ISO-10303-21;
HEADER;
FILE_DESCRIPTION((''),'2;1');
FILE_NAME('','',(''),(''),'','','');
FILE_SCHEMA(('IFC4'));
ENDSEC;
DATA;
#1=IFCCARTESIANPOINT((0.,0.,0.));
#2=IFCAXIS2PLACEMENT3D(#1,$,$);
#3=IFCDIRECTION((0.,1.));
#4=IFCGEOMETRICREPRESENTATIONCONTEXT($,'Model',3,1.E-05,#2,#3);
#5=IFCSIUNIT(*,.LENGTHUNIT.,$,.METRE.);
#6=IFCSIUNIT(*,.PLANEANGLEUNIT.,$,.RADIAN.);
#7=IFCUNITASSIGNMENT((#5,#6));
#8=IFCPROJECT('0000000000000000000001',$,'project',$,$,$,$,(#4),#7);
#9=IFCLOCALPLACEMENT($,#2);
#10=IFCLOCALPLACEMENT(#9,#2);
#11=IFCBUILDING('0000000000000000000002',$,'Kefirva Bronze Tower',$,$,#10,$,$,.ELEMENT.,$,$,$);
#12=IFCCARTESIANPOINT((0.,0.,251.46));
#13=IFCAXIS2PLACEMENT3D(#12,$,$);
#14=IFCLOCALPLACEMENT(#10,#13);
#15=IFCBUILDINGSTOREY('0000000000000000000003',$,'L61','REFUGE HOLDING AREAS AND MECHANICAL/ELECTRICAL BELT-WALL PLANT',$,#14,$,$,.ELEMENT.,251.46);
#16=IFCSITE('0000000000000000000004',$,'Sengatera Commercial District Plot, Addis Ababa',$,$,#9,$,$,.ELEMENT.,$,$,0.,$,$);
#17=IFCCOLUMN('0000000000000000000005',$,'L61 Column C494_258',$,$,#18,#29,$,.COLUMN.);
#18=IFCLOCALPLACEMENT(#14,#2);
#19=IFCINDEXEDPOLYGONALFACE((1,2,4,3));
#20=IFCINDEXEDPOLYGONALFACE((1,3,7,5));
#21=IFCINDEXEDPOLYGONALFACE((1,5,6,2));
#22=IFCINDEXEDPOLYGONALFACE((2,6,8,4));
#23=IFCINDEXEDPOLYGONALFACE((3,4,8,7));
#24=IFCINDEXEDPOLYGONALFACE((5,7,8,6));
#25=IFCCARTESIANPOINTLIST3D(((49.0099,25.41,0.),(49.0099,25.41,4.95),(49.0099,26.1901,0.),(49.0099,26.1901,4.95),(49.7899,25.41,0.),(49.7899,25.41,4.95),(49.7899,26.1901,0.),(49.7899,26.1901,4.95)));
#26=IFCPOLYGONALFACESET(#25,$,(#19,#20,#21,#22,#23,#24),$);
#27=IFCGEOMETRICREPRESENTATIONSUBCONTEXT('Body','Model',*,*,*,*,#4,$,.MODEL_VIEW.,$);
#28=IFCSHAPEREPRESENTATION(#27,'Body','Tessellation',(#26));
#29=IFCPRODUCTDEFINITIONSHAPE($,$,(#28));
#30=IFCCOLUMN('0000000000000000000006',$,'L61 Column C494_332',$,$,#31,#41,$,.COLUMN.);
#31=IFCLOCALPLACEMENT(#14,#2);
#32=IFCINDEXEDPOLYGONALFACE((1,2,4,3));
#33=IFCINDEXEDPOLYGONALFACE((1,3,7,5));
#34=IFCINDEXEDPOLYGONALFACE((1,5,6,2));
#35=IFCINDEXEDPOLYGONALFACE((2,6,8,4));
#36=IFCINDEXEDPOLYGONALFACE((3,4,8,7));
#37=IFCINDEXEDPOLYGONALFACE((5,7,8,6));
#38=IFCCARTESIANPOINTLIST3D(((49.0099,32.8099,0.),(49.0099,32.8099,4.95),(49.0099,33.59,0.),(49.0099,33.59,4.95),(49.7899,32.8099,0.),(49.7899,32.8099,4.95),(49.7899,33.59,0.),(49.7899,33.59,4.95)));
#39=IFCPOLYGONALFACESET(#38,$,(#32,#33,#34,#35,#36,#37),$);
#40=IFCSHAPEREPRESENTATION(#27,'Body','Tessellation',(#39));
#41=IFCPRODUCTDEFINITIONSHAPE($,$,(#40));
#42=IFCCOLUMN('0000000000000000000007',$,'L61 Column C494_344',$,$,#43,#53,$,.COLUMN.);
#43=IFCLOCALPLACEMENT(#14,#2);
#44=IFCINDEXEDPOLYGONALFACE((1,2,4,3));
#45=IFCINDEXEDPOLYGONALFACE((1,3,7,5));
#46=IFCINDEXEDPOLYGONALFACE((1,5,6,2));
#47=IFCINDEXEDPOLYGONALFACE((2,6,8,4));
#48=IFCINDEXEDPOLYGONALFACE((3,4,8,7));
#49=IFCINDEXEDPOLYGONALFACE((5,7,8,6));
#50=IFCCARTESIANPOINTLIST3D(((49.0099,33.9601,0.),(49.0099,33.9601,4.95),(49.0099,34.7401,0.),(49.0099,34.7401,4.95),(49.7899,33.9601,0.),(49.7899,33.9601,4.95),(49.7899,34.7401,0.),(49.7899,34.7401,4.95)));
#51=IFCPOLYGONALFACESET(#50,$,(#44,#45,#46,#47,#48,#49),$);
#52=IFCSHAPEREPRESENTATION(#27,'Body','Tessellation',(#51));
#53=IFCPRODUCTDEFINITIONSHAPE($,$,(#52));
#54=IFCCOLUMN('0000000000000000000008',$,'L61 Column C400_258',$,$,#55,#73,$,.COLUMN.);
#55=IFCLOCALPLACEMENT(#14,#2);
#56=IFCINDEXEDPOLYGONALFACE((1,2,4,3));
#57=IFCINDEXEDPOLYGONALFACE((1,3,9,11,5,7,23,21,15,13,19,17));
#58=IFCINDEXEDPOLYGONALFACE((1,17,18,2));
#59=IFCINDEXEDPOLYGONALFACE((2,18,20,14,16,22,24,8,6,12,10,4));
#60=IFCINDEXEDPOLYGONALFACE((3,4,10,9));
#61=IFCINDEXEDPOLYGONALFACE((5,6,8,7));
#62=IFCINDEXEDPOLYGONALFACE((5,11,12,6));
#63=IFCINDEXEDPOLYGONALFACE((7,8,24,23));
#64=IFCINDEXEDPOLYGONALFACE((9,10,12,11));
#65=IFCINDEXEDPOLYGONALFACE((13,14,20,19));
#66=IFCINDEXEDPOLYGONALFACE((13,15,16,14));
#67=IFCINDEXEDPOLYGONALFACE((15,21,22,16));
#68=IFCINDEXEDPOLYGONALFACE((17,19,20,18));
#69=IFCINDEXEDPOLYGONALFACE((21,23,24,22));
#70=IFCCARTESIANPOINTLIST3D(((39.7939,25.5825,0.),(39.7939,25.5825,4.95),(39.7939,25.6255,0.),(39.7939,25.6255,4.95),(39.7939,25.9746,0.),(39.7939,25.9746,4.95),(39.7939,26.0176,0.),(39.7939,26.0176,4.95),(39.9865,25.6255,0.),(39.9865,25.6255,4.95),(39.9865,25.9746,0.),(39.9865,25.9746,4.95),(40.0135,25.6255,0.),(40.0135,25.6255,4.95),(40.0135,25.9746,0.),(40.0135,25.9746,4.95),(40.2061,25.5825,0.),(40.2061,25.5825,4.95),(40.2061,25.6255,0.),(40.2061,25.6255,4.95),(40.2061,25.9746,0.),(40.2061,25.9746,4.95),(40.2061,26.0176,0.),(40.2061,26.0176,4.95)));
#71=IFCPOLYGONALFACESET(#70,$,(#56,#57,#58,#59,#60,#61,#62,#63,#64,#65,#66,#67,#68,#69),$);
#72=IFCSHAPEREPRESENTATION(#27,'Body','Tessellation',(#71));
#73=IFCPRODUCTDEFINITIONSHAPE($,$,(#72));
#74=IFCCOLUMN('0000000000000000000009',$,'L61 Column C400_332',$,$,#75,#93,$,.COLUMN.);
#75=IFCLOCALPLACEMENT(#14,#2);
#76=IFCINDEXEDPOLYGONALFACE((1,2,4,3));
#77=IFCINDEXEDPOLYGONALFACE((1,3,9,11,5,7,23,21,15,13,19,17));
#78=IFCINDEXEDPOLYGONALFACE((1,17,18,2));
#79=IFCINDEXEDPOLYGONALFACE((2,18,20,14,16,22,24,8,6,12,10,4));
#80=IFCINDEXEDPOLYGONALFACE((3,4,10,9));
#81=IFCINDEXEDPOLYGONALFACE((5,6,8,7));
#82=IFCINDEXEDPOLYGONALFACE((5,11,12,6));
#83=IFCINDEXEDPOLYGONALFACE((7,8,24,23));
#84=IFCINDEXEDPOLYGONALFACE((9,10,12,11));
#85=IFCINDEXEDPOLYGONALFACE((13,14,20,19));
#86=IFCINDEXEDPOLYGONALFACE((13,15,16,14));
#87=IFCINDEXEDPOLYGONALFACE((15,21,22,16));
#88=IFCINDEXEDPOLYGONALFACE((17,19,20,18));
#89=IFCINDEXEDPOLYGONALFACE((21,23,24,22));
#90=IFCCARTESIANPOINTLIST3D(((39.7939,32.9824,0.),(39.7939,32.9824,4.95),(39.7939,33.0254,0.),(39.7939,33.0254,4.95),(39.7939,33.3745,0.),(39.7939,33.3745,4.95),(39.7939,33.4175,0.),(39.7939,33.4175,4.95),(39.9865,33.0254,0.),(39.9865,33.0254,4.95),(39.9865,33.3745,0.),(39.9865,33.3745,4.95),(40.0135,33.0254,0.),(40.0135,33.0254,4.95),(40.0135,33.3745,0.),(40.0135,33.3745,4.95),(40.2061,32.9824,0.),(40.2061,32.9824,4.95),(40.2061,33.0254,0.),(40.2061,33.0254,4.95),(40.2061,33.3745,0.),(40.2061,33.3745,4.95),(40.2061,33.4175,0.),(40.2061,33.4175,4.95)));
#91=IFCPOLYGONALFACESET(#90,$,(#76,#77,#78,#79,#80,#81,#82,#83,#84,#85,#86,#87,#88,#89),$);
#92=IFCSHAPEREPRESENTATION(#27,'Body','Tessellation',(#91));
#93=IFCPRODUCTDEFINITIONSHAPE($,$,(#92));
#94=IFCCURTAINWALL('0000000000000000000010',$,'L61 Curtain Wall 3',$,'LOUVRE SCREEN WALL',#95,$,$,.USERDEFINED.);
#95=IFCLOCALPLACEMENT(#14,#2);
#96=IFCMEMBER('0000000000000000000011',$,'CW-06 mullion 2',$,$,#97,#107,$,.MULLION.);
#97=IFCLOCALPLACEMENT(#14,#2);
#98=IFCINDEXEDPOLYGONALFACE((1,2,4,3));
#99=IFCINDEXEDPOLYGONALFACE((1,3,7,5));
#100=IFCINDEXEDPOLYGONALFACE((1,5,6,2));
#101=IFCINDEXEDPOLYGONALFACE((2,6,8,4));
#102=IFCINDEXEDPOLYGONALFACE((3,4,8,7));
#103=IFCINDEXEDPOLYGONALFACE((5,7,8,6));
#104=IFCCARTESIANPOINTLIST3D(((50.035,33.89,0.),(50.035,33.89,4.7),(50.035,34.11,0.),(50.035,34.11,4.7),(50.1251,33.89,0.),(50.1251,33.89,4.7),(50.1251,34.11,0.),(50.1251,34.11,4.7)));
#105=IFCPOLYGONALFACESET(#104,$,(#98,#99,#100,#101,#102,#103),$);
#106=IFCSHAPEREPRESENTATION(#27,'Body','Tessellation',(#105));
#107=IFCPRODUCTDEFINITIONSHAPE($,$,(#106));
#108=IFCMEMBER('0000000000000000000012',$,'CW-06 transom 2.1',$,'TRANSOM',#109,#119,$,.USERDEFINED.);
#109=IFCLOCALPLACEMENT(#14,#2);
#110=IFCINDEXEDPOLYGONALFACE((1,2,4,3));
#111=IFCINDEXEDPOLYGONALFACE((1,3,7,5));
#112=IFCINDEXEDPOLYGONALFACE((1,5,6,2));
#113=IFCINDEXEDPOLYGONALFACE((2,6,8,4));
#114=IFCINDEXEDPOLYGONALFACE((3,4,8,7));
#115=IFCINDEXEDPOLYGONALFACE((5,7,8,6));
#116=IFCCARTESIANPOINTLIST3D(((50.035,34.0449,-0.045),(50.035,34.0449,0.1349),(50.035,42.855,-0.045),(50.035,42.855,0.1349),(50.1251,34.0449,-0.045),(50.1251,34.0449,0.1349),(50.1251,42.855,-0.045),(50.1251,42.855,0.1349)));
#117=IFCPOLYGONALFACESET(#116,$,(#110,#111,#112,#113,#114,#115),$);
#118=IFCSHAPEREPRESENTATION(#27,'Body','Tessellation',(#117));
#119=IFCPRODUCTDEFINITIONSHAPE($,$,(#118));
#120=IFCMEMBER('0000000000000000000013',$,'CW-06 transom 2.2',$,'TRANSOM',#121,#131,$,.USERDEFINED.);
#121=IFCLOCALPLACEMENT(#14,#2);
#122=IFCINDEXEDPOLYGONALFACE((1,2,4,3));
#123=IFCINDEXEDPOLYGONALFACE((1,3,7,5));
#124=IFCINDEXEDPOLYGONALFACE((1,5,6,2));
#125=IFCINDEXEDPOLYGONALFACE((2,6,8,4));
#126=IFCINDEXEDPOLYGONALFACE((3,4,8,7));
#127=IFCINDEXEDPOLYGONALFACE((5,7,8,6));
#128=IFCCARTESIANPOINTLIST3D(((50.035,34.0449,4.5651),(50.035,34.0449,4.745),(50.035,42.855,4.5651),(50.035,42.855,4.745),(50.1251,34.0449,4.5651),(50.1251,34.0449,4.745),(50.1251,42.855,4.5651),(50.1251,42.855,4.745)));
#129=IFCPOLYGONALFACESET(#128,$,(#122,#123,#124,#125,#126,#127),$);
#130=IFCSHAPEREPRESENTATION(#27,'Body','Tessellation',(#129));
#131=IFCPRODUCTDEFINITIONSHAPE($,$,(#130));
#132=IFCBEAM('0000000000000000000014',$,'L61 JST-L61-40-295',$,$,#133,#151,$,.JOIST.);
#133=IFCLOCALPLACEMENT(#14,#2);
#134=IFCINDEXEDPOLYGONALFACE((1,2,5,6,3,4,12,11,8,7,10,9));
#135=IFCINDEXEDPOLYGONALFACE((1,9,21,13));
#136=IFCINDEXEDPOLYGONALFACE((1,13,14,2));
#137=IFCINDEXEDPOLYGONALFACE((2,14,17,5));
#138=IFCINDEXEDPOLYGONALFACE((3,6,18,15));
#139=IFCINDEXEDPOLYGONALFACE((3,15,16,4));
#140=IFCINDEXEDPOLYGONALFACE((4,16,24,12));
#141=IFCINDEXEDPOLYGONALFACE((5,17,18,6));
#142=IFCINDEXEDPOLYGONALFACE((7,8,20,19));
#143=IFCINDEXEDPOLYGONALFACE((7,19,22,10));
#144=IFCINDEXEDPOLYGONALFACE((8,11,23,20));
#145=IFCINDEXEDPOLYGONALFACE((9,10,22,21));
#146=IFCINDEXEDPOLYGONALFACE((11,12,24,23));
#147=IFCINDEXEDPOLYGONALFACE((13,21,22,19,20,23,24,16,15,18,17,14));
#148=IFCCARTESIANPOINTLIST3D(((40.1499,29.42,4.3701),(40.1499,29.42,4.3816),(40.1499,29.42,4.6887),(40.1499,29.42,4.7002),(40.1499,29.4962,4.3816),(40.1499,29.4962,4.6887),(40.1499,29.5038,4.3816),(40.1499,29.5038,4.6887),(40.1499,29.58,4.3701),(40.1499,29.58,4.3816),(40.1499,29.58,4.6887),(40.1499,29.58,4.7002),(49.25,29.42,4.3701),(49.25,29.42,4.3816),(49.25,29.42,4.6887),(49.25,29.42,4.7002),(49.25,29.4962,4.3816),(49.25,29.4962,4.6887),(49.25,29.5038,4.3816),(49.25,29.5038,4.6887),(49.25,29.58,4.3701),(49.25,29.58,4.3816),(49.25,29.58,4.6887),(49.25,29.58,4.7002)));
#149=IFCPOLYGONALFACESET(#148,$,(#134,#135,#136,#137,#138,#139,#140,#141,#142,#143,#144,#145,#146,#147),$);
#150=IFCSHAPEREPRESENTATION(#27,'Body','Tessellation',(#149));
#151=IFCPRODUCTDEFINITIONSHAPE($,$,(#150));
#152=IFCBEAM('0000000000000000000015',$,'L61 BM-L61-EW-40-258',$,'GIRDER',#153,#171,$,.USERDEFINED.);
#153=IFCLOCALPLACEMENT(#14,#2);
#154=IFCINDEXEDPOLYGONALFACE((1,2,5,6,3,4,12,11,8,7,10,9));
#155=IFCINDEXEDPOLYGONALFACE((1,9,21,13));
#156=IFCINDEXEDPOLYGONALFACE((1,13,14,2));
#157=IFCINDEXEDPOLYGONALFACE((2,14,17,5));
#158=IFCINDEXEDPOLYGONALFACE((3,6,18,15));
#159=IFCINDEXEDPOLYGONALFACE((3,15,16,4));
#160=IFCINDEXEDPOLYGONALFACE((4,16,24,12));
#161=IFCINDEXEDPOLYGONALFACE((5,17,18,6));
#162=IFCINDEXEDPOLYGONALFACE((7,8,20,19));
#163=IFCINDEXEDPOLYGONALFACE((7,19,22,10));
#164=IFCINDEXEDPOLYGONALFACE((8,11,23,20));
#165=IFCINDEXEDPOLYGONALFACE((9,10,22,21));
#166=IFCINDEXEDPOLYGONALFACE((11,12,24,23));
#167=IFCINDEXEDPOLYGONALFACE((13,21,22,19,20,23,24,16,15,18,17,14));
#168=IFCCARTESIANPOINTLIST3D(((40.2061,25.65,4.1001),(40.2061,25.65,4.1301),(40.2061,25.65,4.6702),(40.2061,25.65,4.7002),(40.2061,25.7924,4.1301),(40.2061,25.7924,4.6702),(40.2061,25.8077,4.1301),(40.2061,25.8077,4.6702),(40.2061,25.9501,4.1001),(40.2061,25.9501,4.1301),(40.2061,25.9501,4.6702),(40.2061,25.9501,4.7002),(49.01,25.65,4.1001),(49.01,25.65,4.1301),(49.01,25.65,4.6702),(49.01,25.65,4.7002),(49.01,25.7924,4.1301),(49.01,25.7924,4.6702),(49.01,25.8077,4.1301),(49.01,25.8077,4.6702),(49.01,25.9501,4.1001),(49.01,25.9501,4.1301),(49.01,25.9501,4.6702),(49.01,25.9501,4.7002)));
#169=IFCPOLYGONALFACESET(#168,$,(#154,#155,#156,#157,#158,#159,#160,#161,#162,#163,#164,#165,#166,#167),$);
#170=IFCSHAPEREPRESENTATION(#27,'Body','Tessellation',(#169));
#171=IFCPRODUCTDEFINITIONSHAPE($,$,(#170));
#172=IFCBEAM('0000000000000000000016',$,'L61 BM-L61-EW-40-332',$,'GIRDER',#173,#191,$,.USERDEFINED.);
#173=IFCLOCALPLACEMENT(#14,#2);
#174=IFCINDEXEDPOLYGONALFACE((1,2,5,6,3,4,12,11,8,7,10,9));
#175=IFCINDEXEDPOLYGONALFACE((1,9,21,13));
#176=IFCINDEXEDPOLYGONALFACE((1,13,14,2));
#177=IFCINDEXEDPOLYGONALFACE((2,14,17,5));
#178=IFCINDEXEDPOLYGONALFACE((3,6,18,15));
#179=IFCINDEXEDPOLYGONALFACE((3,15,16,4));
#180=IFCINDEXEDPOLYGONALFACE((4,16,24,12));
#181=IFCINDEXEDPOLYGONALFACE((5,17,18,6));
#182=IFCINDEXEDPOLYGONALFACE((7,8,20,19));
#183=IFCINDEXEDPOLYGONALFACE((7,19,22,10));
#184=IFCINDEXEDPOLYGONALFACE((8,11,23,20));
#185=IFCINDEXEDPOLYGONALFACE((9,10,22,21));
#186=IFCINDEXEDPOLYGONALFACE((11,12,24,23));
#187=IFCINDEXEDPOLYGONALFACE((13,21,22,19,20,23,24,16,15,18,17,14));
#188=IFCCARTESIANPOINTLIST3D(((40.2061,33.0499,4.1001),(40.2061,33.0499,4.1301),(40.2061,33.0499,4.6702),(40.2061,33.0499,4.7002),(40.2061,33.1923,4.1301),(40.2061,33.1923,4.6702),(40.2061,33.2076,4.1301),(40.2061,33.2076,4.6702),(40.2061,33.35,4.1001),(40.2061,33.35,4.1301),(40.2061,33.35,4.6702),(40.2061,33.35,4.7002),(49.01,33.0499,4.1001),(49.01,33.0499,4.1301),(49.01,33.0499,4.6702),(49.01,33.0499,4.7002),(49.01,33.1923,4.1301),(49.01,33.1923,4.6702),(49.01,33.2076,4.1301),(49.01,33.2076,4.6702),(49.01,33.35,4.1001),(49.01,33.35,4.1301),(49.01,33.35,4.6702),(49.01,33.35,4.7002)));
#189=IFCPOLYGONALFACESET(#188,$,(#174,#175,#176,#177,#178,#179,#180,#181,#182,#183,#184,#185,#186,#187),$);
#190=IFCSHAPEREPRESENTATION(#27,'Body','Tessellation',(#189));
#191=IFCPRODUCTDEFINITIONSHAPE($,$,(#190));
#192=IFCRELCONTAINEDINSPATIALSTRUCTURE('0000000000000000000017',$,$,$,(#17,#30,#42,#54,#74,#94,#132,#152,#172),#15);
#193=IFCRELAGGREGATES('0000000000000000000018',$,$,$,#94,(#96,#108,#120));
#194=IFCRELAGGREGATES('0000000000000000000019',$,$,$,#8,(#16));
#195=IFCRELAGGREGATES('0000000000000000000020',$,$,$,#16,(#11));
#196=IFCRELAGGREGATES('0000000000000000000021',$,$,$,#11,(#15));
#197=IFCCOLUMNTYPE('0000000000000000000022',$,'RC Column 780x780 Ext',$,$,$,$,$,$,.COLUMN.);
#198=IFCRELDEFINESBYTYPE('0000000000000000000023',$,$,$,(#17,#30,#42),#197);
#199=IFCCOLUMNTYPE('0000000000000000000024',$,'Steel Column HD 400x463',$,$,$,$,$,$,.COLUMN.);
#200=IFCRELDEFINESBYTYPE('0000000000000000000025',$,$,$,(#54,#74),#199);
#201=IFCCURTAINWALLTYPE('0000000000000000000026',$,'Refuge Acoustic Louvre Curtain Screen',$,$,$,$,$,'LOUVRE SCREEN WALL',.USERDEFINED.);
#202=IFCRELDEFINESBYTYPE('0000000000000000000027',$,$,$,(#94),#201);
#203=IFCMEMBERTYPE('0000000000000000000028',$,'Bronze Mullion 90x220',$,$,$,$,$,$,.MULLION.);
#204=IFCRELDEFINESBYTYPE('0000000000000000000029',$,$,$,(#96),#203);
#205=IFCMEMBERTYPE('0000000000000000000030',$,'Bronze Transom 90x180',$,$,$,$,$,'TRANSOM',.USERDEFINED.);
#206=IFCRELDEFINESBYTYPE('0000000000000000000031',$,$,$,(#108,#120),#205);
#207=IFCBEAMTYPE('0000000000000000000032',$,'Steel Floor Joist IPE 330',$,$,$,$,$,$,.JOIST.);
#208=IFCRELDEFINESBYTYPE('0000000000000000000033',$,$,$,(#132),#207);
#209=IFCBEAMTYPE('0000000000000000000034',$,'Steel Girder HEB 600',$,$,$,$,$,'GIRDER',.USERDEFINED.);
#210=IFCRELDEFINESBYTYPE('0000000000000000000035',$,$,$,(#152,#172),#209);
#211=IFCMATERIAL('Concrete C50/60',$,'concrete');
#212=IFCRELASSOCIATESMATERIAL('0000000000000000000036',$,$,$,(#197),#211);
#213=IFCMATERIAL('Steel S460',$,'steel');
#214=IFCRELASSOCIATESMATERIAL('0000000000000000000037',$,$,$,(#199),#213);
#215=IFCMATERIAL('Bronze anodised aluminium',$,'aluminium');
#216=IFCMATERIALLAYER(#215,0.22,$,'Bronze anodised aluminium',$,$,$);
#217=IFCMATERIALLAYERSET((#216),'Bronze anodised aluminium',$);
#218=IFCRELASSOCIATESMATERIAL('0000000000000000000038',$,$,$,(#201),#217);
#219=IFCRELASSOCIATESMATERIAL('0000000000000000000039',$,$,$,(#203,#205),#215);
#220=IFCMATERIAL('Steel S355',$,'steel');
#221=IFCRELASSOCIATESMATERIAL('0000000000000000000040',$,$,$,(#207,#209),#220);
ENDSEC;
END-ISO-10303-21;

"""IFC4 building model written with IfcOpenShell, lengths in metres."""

from ifc_helpers import new_model, si_unit, direction, frame, origin, origin_2d, place, context, subcontext, project, spatial, rectangle, i_section, extrude, material, layer, layer_set, material_profile, profile_set, type_object, element, aggregate, save


model = new_model("IFC4")

# Units and contexts
model_context = context("Model", 3, precision=1e-05, world=origin(), true_north=direction((0.0, 1.0)))
body_context = subcontext(model_context, "Body", "Model", "MODEL_VIEW")
ifc_project = project(units=[si_unit("LENGTHUNIT", "METRE"), si_unit("PLANEANGLEUNIT", "RADIAN")], contexts=[model_context])

# Site, building, storey
site_placement = place(None, origin())
site = spatial("IfcSite", under=ifc_project, at=site_placement, Name="Sengatera Commercial District Plot, Addis Ababa", CompositionType="ELEMENT", RefElevation=0.0)
building_placement = place(site_placement, origin())
building = spatial("IfcBuilding", under=site, at=building_placement, Name="Kefirva Bronze Tower", CompositionType="ELEMENT")
storey_placement = place(building_placement, frame((0.0, 0.0, 251.46)))
storey = spatial("IfcBuildingStorey", under=building, at=storey_placement, Name="L61", Description="REFUGE HOLDING AREAS AND MECHANICAL/ELECTRICAL BELT-WALL PLANT", CompositionType="ELEMENT", Elevation=251.46)

# Columns
ifc_material_1 = material(Name="Concrete C50/60", Category="concrete")
ifc_material_profile_1 = material_profile(ifc_material_1, rectangle(XDim=0.78, YDim=0.78, at=origin_2d()), Name="RC 780x780")
ifc_profile_set_1 = profile_set([ifc_material_profile_1], Name="Concrete C50/60")
column_type_1 = type_object("IfcColumnType", Name="RC Column 780x780 Ext", PredefinedType="COLUMN", material=ifc_profile_set_1)
for number, where, z_axis, x_axis, name in (
    (1, (49.3999, 25.8, 0.0), (0.0, 0.0, 1.0), (1.0, 0.0, 0.0), "L61 Column C494_258"),
    (2, (49.3999, 33.2, 0.0), (0.0, 0.0, 1.0), (1.0, 0.0, 0.0), "L61 Column C494_332"),
    (3, (49.3999, 34.3501, 0.0), (0.0, 0.0, 1.0), (1.0, 0.0, 0.0), "L61 Column C494_344"),
):
    element("IfcColumn", number, at=place(storey_placement, frame(where, z_axis=z_axis, x_axis=x_axis)), inside=storey, type_object=column_type_1, Name=name, PredefinedType="COLUMN", context=body_context, shape_type="SweptSolid", body=[
        extrude(rectangle(XDim=0.78, YDim=0.78, at=origin_2d()), origin(), (0.0, 0.0, 1.0), 4.95),
    ])
ifc_material_2 = material(Name="Steel S460", Category="steel")
ifc_material_profile_2 = material_profile(ifc_material_2, i_section(OverallWidth=0.4121, OverallDepth=0.4351, WebThickness=0.0271, FlangeThickness=0.043, at=origin_2d()), Name="HD 400x463")
ifc_profile_set_2 = profile_set([ifc_material_profile_2], Name="Steel S460")
column_type_2 = type_object("IfcColumnType", Name="Steel Column HD 400x463", PredefinedType="COLUMN", material=ifc_profile_set_2)
for number, where, z_axis, x_axis, name in (
    (4, (40.0, 25.8, 0.0), (0.0, 0.0, 1.0), (1.0, 0.0, 0.0), "L61 Column C400_258"),
    (5, (40.0, 33.2, 0.0), (0.0, 0.0, 1.0), (1.0, 0.0, 0.0), "L61 Column C400_332"),
):
    element("IfcColumn", number, at=place(storey_placement, frame(where, z_axis=z_axis, x_axis=x_axis)), inside=storey, type_object=column_type_2, Name=name, PredefinedType="COLUMN", context=body_context, shape_type="SweptSolid", body=[
        extrude(i_section(OverallWidth=0.4121, OverallDepth=0.4351, WebThickness=0.0271, FlangeThickness=0.043, at=origin_2d()), origin(), (0.0, 0.0, 1.0), 4.95),
    ])

# Curtain wall, members
ifc_material_3 = material(Name="Bronze anodised aluminium", Category="aluminium")
ifc_layer_1 = layer(ifc_material_3, 0.22, Name="Bronze anodised aluminium")
ifc_layer_set_1 = layer_set([ifc_layer_1], Name="Bronze anodised aluminium")
curtain_wall_type = type_object("IfcCurtainWallType", Name="Refuge Acoustic Louvre Curtain Screen", ElementType="LOUVRE SCREEN WALL", PredefinedType="USERDEFINED", material=ifc_layer_set_1)
curtain_wall_placement = place(storey_placement, origin())
curtain_wall = element("IfcCurtainWall", 6, at=curtain_wall_placement, inside=storey, type_object=curtain_wall_type, Name="L61 Curtain Wall 3", ObjectType="LOUVRE SCREEN WALL", PredefinedType="USERDEFINED")
ifc_material_profile_3 = material_profile(ifc_material_3, rectangle(XDim=0.0901, YDim=0.22, at=origin_2d()), Name="ALU 90x220")
ifc_profile_set_3 = profile_set([ifc_material_profile_3], Name="Bronze anodised aluminium")
member_type_1 = type_object("IfcMemberType", Name="Bronze Mullion 90x220", PredefinedType="MULLION", material=ifc_profile_set_3)
member_1_placement = place(storey_placement, frame((50.0801, 34.0, 0.0), z_axis=(0.0, 0.0, 1.0), x_axis=(-1.0, 0.0, 0.0)))
member_1 = element("IfcMember", 7, at=member_1_placement, type_object=member_type_1, Name="CW-06 mullion 2", PredefinedType="MULLION", context=body_context, shape_type="SweptSolid", body=[
    extrude(rectangle(XDim=0.0901, YDim=0.22, at=origin_2d()), origin(), (0.0, 0.0, 1.0), 4.7),
])
ifc_material_profile_4 = material_profile(ifc_material_3, rectangle(XDim=0.0901, YDim=0.1799, at=origin_2d()), Name="ALU 90x180")
ifc_profile_set_4 = profile_set([ifc_material_profile_4], Name="Bronze anodised aluminium")
member_type_2 = type_object("IfcMemberType", Name="Bronze Transom 90x180", ElementType="TRANSOM", PredefinedType="USERDEFINED", material=ifc_profile_set_4)
member_2_placement = place(storey_placement, frame((50.0801, 34.0449, 0.0449), z_axis=(0.0, 1.0, 0.0), x_axis=(-1.0, 0.0, 0.0)))
member_2 = element("IfcMember", 8, at=member_2_placement, type_object=member_type_2, Name="CW-06 transom 2.1", ObjectType="TRANSOM", PredefinedType="USERDEFINED", context=body_context, shape_type="SweptSolid", body=[
    extrude(rectangle(XDim=0.0901, YDim=0.1799, at=origin_2d()), origin(), (0.0, 0.0, 1.0), 8.8101),
])
member_3_placement = place(storey_placement, frame((50.0801, 34.0449, 4.655), z_axis=(0.0, 1.0, 0.0), x_axis=(-1.0, 0.0, 0.0)))
member_3 = element("IfcMember", 9, at=member_3_placement, type_object=member_type_2, Name="CW-06 transom 2.2", ObjectType="TRANSOM", PredefinedType="USERDEFINED", context=body_context, shape_type="SweptSolid", body=[
    extrude(rectangle(XDim=0.0901, YDim=0.1799, at=origin_2d()), origin(), (0.0, 0.0, 1.0), 8.8101),
])

# Beams
ifc_material_4 = material(Name="Steel S355", Category="steel")
ifc_material_profile_5 = material_profile(ifc_material_4, i_section(OverallWidth=0.1599, OverallDepth=0.3301, WebThickness=0.0076, FlangeThickness=0.0115, at=origin_2d()), Name="IPE 330")
ifc_profile_set_5 = profile_set([ifc_material_profile_5], Name="Steel S355")
beam_type_1 = type_object("IfcBeamType", Name="Steel Floor Joist IPE 330", PredefinedType="JOIST", material=ifc_profile_set_5)
beam_1_placement = place(storey_placement, frame((40.1499, 29.5, 4.5352), z_axis=(1.0, 0.0, 0.0), x_axis=(0.0, 1.0, 0.0)))
element("IfcBeam", 10, at=beam_1_placement, inside=storey, type_object=beam_type_1, Name="L61 JST-L61-40-295", PredefinedType="JOIST", context=body_context, shape_type="SweptSolid", body=[
    extrude(i_section(OverallWidth=0.1599, OverallDepth=0.3301, WebThickness=0.0076, FlangeThickness=0.0115, at=origin_2d()), origin(), (0.0, 0.0, 1.0), 9.1001),
])
ifc_material_profile_6 = material_profile(ifc_material_4, i_section(OverallWidth=0.3, OverallDepth=0.6001, WebThickness=0.0154, FlangeThickness=0.03, at=origin_2d()), Name="HEB 600")
ifc_profile_set_6 = profile_set([ifc_material_profile_6], Name="Steel S355")
beam_type_2 = type_object("IfcBeamType", Name="Steel Girder HEB 600", ElementType="GIRDER", PredefinedType="USERDEFINED", material=ifc_profile_set_6)
for number, where, z_axis, x_axis, name in (
    (11, (40.2061, 25.8, 4.4001), (1.0, 0.0, 0.0), (0.0, 1.0, 0.0), "L61 BM-L61-EW-40-258"),
    (12, (40.2061, 33.2, 4.4001), (1.0, 0.0, 0.0), (0.0, 1.0, 0.0), "L61 BM-L61-EW-40-332"),
):
    element("IfcBeam", number, at=place(storey_placement, frame(where, z_axis=z_axis, x_axis=x_axis)), inside=storey, type_object=beam_type_2, Name=name, ObjectType="GIRDER", PredefinedType="USERDEFINED", context=body_context, shape_type="SweptSolid", body=[
        extrude(i_section(OverallWidth=0.3, OverallDepth=0.6001, WebThickness=0.0154, FlangeThickness=0.03, at=origin_2d()), origin(), (0.0, 0.0, 1.0), 8.804),
    ])

aggregate(curtain_wall, [member_1, member_2, member_3])

save(model, "model.ifc")
